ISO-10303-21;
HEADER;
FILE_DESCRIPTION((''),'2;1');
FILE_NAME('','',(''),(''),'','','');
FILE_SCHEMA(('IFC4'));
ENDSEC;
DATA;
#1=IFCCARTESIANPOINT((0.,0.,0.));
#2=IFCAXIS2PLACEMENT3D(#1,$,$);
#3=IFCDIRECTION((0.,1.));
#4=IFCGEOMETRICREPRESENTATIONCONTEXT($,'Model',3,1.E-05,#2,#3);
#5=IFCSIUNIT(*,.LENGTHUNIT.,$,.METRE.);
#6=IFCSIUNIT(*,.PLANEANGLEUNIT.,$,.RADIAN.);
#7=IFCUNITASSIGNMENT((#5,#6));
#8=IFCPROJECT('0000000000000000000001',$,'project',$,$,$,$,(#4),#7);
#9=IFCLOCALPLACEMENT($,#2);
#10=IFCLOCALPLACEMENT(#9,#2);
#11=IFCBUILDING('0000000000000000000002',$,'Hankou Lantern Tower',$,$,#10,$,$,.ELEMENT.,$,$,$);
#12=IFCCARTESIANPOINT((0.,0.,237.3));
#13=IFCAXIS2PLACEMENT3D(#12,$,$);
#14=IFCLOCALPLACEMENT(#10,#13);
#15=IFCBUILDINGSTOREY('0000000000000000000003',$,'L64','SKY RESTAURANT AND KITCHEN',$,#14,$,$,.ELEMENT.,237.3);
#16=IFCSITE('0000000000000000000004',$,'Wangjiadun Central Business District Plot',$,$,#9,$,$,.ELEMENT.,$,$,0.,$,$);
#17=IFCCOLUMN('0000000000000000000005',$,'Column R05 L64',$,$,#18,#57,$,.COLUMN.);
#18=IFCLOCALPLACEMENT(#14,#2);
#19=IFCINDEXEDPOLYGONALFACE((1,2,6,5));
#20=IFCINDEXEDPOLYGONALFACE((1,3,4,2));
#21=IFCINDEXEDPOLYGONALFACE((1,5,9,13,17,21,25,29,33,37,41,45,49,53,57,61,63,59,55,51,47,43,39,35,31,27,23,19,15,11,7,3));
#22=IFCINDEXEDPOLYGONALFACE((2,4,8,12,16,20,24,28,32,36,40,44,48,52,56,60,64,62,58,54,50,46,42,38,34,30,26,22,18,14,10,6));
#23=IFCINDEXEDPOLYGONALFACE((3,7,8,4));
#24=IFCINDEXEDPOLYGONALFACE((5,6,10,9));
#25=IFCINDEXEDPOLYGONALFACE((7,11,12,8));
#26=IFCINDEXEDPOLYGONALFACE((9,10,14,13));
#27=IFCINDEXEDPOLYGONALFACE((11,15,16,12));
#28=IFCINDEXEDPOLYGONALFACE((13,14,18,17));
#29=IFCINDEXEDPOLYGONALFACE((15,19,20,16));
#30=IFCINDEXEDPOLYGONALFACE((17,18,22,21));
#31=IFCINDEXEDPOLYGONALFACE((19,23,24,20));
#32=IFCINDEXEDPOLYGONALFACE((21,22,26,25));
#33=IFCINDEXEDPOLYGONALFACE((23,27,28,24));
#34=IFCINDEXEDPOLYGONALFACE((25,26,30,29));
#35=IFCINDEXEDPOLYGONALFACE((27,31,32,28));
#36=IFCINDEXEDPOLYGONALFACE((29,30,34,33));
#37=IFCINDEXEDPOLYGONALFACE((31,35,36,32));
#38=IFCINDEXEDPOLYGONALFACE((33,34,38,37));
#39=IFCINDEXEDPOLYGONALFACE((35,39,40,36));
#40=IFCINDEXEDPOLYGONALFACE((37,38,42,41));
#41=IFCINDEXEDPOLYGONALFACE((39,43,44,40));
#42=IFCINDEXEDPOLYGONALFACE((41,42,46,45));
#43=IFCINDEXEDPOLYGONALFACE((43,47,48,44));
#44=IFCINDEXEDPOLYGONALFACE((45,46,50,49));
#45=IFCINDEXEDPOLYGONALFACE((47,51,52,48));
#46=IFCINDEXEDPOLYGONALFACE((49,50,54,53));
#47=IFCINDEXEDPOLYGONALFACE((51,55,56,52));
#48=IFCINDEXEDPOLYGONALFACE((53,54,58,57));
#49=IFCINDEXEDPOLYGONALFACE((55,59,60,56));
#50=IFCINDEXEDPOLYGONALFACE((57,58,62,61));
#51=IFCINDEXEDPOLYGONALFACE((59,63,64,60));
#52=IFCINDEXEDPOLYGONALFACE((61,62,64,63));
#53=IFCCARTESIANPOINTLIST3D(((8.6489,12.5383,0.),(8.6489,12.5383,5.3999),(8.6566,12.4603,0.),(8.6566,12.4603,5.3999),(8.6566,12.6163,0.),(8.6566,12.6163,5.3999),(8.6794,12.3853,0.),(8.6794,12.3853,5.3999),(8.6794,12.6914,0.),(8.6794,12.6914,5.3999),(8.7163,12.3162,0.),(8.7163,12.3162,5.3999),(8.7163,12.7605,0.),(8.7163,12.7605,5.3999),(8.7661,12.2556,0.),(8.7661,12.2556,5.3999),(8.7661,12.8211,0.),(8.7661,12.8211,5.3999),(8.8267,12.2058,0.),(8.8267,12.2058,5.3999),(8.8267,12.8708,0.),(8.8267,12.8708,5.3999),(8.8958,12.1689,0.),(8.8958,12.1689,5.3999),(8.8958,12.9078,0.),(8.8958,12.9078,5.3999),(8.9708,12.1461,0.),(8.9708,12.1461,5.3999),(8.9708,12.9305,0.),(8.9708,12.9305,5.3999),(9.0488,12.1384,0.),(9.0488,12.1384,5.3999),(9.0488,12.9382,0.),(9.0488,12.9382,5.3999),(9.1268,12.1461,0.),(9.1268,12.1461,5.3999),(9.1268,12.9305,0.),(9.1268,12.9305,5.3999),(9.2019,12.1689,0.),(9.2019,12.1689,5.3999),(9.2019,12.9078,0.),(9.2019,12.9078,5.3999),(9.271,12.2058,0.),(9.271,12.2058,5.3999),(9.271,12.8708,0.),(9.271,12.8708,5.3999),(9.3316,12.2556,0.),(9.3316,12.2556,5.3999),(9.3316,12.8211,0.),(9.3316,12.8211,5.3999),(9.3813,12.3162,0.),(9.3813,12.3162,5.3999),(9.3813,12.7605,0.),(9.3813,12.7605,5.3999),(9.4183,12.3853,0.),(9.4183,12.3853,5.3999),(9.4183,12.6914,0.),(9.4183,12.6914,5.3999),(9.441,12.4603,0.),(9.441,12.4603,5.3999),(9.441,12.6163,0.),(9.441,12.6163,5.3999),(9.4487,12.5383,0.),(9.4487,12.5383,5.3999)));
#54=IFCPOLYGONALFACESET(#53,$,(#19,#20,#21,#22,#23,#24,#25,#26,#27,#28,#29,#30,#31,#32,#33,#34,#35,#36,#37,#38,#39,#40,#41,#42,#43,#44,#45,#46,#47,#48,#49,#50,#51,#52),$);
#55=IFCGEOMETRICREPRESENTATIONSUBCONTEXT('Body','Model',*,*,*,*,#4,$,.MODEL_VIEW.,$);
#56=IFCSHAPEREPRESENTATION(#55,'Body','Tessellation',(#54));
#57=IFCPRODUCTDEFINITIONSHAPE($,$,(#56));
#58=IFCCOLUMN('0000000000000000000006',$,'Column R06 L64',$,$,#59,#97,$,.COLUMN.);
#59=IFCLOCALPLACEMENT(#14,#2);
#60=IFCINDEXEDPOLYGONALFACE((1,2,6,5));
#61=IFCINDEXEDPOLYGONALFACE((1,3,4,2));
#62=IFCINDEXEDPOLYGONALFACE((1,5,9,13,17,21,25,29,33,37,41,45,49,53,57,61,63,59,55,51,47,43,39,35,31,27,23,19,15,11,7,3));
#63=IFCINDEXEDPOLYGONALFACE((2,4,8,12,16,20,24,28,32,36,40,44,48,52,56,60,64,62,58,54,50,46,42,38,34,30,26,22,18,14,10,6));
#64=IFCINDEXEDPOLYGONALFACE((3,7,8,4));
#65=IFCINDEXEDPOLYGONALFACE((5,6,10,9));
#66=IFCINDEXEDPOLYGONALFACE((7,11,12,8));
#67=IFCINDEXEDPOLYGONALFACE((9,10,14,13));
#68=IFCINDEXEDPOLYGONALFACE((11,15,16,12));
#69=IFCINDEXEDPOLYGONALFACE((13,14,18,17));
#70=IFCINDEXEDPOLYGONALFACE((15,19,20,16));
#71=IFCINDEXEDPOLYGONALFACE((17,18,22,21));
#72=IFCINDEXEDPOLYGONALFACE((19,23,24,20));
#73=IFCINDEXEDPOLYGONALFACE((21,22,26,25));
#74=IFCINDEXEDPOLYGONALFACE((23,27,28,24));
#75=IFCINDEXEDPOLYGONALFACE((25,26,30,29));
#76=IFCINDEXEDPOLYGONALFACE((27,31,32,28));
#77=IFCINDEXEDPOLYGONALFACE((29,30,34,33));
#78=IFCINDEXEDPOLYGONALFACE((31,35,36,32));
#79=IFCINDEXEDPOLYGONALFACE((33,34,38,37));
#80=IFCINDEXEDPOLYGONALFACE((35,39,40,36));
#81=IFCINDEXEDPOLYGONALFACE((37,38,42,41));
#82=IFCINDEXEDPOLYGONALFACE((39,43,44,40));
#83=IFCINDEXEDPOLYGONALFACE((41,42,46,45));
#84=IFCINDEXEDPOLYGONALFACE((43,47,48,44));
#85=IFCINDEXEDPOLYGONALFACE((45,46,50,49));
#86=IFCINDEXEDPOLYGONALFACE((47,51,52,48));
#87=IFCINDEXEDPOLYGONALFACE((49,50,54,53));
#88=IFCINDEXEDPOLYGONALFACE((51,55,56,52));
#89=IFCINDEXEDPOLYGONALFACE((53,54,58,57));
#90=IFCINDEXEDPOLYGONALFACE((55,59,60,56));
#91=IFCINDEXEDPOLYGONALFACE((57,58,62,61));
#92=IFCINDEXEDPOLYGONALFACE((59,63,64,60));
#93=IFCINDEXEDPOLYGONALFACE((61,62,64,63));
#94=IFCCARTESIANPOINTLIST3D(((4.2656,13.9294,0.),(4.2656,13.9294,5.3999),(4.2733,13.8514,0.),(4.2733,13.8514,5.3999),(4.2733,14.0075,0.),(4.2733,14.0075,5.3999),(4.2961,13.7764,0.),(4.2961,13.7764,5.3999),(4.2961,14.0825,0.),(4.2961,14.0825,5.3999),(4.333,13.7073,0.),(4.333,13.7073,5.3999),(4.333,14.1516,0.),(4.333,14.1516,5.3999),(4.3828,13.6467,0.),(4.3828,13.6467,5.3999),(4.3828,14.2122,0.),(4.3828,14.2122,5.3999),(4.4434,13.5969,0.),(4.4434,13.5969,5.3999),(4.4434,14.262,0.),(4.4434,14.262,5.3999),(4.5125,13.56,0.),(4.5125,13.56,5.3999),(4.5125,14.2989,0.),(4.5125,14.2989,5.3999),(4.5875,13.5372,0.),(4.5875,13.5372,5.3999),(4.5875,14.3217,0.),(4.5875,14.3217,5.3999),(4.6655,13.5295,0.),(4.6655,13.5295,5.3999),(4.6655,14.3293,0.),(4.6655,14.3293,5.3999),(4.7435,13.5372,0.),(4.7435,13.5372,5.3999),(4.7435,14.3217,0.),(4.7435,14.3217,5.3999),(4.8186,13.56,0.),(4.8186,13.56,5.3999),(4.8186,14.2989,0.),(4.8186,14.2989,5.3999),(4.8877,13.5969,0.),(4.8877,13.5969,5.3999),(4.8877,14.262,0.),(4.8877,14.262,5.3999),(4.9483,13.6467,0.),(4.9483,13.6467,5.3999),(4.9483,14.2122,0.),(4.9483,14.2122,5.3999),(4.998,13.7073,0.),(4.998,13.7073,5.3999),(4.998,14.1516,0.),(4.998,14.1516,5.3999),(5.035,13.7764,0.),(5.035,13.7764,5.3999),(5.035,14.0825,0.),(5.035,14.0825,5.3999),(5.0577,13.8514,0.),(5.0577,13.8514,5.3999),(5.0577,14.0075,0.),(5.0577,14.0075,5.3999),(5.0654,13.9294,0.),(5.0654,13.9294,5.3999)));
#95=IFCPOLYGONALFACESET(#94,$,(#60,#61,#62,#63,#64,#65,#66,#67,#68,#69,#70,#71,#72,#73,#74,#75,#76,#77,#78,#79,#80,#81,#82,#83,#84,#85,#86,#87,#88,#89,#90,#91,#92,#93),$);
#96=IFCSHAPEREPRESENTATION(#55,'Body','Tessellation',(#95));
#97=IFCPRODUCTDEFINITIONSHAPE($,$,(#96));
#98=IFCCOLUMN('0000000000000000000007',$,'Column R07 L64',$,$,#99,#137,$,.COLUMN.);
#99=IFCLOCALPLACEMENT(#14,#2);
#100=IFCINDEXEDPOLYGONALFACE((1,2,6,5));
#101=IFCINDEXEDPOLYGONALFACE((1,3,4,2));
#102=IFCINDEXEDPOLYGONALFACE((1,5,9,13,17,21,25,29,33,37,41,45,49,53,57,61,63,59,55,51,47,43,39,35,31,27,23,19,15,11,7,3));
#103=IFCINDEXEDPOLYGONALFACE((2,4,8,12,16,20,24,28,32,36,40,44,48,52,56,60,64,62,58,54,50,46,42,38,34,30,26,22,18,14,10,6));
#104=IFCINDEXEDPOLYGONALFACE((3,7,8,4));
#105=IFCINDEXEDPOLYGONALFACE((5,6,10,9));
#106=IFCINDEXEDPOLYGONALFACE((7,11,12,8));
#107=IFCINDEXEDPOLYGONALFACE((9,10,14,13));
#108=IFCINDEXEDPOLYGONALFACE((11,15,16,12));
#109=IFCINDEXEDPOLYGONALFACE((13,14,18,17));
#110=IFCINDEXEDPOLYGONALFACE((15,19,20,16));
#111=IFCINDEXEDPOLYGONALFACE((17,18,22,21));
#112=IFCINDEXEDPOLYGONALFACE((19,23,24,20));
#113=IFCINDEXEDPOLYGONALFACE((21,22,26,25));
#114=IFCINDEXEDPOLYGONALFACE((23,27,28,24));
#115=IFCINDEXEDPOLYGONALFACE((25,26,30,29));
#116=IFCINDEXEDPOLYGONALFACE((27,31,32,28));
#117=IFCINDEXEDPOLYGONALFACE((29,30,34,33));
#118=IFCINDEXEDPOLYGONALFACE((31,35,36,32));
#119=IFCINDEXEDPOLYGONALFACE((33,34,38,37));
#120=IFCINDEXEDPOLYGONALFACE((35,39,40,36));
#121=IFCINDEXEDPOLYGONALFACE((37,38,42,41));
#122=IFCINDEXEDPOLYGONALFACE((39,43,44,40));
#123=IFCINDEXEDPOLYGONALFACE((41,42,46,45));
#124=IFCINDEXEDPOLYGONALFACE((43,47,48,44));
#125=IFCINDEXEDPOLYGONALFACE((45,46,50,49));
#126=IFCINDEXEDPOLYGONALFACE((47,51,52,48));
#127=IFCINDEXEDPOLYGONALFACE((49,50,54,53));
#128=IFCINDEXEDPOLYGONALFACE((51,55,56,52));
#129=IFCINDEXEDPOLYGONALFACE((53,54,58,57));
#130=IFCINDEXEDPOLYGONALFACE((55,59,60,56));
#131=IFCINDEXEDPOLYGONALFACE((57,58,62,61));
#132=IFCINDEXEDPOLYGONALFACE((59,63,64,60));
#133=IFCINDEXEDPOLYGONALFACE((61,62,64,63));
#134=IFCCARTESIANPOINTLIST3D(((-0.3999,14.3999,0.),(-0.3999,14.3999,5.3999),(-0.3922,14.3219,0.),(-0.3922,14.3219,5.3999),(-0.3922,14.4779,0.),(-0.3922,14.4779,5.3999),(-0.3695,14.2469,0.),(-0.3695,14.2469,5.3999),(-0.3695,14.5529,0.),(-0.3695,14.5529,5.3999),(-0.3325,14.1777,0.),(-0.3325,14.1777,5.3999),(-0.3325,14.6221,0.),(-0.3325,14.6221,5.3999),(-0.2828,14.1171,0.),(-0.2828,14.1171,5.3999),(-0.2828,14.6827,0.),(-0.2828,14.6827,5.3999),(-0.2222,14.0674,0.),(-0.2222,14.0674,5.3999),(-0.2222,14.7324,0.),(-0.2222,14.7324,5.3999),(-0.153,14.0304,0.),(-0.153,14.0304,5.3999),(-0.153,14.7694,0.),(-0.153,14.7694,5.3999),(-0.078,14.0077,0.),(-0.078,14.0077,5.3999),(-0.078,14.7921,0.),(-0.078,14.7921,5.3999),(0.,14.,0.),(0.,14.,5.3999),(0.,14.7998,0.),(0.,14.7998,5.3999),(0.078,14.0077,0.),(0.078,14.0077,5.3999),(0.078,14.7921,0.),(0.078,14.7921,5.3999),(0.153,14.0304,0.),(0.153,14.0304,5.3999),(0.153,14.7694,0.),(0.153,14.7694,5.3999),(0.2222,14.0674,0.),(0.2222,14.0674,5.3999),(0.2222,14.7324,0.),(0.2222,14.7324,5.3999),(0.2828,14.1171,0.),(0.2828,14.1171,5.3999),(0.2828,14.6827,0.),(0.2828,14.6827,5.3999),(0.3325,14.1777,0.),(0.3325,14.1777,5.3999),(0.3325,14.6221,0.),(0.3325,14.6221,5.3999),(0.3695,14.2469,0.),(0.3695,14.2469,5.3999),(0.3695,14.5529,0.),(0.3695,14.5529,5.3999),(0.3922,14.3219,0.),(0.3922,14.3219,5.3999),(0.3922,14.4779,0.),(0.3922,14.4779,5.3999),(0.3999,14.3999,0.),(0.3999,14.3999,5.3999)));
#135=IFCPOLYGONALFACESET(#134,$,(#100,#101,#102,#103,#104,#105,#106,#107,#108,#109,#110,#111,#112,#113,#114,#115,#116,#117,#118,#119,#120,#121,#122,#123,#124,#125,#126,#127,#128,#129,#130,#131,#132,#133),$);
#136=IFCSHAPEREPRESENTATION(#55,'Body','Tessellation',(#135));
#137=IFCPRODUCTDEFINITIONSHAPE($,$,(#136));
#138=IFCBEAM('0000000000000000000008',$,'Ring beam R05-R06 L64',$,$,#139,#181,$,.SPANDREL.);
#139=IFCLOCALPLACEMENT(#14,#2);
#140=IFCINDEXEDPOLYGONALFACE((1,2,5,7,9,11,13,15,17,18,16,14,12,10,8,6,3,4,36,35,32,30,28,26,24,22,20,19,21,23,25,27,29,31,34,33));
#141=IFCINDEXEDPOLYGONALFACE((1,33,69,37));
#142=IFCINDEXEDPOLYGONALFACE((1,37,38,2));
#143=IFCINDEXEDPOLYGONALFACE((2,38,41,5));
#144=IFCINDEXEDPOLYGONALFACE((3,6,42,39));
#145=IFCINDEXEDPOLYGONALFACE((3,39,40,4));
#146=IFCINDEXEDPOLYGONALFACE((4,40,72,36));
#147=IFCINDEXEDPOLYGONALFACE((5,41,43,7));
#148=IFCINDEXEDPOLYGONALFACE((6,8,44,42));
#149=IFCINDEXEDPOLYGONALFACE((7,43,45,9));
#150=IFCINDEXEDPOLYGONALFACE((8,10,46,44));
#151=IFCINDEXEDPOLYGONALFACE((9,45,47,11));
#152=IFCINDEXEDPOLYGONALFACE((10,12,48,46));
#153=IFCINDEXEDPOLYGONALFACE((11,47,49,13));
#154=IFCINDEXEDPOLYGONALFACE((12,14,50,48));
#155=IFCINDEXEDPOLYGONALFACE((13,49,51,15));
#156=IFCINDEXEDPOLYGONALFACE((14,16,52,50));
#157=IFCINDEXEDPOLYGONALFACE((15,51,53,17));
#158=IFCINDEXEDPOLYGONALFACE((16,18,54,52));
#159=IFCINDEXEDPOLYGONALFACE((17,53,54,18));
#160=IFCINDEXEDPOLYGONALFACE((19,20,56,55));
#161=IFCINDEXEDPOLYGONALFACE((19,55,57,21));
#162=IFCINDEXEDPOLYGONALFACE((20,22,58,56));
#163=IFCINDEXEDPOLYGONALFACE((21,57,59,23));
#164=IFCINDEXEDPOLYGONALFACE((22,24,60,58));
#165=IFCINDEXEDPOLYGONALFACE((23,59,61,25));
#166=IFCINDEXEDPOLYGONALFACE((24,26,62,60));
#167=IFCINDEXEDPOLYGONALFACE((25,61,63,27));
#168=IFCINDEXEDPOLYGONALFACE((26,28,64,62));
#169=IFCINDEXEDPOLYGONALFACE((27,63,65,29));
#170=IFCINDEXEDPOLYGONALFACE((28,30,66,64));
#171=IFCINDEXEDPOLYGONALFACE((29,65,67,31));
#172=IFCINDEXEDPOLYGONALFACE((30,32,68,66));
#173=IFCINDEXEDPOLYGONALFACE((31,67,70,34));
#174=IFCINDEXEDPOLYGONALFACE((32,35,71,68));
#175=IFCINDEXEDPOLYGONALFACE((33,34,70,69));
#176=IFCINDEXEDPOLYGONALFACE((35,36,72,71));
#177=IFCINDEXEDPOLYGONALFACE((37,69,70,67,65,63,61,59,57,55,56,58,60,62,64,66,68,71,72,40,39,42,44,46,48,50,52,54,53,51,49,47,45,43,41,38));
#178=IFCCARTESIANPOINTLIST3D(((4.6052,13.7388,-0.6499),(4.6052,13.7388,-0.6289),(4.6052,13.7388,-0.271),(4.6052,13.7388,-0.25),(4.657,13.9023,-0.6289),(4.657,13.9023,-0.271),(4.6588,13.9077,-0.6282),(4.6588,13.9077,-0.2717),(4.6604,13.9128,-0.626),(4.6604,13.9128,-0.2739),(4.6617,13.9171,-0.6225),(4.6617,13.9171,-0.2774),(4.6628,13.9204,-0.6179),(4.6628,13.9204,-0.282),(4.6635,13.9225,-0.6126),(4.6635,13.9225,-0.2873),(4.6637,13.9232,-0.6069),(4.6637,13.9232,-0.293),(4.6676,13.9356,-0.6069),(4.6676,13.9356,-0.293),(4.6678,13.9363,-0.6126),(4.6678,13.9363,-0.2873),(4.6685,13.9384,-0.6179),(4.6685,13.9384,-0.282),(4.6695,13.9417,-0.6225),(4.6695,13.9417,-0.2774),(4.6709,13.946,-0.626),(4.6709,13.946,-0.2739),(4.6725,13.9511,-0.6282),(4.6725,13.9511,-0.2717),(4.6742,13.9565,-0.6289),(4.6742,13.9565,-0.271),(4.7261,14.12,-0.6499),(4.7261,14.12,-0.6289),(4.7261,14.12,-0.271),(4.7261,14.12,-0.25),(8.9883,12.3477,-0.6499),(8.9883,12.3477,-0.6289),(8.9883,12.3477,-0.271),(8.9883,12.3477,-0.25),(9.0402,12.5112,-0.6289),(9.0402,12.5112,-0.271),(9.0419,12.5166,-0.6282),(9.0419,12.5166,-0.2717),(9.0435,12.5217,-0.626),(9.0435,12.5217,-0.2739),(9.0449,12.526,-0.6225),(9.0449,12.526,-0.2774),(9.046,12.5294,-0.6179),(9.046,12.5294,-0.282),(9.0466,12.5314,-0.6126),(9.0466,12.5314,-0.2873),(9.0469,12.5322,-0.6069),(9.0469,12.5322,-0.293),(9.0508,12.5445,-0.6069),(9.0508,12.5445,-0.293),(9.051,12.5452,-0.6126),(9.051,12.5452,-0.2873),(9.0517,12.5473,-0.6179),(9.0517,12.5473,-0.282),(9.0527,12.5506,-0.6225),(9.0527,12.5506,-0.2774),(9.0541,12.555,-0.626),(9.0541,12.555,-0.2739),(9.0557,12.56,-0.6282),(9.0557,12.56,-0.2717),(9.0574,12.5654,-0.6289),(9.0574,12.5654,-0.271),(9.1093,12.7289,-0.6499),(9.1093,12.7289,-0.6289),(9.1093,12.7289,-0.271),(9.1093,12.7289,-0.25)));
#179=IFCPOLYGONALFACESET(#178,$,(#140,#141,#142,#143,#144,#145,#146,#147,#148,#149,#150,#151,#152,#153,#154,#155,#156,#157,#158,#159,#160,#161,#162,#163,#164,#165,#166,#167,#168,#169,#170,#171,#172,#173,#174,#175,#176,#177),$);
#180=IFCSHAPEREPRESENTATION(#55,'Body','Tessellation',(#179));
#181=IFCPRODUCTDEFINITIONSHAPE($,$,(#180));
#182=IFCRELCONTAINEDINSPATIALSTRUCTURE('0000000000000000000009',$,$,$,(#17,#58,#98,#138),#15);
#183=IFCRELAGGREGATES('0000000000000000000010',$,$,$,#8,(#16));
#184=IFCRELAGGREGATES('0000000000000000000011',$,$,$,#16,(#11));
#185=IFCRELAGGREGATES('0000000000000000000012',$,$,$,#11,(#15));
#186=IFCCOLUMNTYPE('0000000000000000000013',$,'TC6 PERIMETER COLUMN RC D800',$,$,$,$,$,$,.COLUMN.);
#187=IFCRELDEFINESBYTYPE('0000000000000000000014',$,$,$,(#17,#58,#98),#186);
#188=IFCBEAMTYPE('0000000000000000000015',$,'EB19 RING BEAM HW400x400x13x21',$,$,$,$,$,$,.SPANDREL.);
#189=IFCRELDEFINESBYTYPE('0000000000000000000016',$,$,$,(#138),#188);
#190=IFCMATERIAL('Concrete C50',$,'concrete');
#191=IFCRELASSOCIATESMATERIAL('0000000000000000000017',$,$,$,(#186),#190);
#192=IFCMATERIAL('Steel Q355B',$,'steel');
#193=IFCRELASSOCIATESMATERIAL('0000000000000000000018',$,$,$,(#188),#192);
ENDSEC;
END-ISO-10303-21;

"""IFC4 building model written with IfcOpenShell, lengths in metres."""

from ifc_helpers import new_model, si_unit, direction, frame, origin, origin_2d, place, context, subcontext, project, spatial, circle, i_section, extrude, material, material_profile, profile_set, type_object, element, save


model = new_model("IFC4")

# Units and contexts
model_context = context("Model", 3, precision=1e-05, world=origin(), true_north=direction((0.0, 1.0)))
body_context = subcontext(model_context, "Body", "Model", "MODEL_VIEW")
ifc_project = project(units=[si_unit("LENGTHUNIT", "METRE"), si_unit("PLANEANGLEUNIT", "RADIAN")], contexts=[model_context])

# Site, building, storey
site_placement = place(None, origin())
site = spatial("IfcSite", under=ifc_project, at=site_placement, Name="Wangjiadun Central Business District Plot", CompositionType="ELEMENT", RefElevation=0.0)
building_placement = place(site_placement, origin())
building = spatial("IfcBuilding", under=site, at=building_placement, Name="Hankou Lantern Tower", CompositionType="ELEMENT")
storey_placement = place(building_placement, frame((0.0, 0.0, 237.3)))
storey = spatial("IfcBuildingStorey", under=building, at=storey_placement, Name="L64", Description="SKY RESTAURANT AND KITCHEN", CompositionType="ELEMENT", Elevation=237.3)

# Columns
ifc_material_1 = material(Name="Concrete C50", Category="concrete")
ifc_material_profile_1 = material_profile(ifc_material_1, circle(Radius=0.3999, at=origin_2d()), Name="RC D800")
ifc_profile_set_1 = profile_set([ifc_material_profile_1], Name="Concrete C50")
column_type = type_object("IfcColumnType", Name="TC6 PERIMETER COLUMN RC D800", PredefinedType="COLUMN", material=ifc_profile_set_1)
for number, where, z_axis, x_axis, name in (
    (1, (9.0488, 12.5383, 0.0), (0.0, 0.0, 1.0), (1.0, 0.0, 0.0), "Column R05 L64"),
    (2, (4.6655, 13.9294, 0.0), (0.0, 0.0, 1.0), (1.0, 0.0, 0.0), "Column R06 L64"),
    (3, (0.0, 14.3999, 0.0), (0.0, 0.0, 1.0), (1.0, 0.0, 0.0), "Column R07 L64"),
):
    element("IfcColumn", number, at=place(storey_placement, frame(where, z_axis=z_axis, x_axis=x_axis)), inside=storey, type_object=column_type, Name=name, PredefinedType="COLUMN", context=body_context, shape_type="SweptSolid", body=[
        extrude(circle(Radius=0.3999, at=origin_2d()), origin(), (0.0, 0.0, 1.0), 5.3999),
    ])

# Beam
ifc_material_2 = material(Name="Steel Q355B", Category="steel")
ifc_material_profile_2 = material_profile(ifc_material_2, i_section(OverallWidth=0.3999, OverallDepth=0.3999, WebThickness=0.0129, FlangeThickness=0.021, FilletRadius=0.022, at=origin_2d()), Name="HW400x400x13x21")
ifc_profile_set_2 = profile_set([ifc_material_profile_2], Name="Steel Q355B")
beam_type_1 = type_object("IfcBeamType", Name="EB19 RING BEAM HW400x400x13x21", PredefinedType="SPANDREL", material=ifc_profile_set_2)
beam_1_placement = place(storey_placement, frame((9.0488, 12.5383, -0.45), z_axis=(-0.95315, 0.302498, 0.0), x_axis=(-0.302498, -0.95315, 0.0)))
element("IfcBeam", 4, at=beam_1_placement, inside=storey, type_object=beam_type_1, Name="Ring beam R05-R06 L64", PredefinedType="SPANDREL", context=body_context, shape_type="SweptSolid", body=[
    extrude(i_section(OverallWidth=0.3999, OverallDepth=0.3999, WebThickness=0.0129, FlangeThickness=0.021, FilletRadius=0.022, at=origin_2d()), origin(), (0.0, 0.0, 1.0), 4.5986),
])

save(model, "model.ifc")
